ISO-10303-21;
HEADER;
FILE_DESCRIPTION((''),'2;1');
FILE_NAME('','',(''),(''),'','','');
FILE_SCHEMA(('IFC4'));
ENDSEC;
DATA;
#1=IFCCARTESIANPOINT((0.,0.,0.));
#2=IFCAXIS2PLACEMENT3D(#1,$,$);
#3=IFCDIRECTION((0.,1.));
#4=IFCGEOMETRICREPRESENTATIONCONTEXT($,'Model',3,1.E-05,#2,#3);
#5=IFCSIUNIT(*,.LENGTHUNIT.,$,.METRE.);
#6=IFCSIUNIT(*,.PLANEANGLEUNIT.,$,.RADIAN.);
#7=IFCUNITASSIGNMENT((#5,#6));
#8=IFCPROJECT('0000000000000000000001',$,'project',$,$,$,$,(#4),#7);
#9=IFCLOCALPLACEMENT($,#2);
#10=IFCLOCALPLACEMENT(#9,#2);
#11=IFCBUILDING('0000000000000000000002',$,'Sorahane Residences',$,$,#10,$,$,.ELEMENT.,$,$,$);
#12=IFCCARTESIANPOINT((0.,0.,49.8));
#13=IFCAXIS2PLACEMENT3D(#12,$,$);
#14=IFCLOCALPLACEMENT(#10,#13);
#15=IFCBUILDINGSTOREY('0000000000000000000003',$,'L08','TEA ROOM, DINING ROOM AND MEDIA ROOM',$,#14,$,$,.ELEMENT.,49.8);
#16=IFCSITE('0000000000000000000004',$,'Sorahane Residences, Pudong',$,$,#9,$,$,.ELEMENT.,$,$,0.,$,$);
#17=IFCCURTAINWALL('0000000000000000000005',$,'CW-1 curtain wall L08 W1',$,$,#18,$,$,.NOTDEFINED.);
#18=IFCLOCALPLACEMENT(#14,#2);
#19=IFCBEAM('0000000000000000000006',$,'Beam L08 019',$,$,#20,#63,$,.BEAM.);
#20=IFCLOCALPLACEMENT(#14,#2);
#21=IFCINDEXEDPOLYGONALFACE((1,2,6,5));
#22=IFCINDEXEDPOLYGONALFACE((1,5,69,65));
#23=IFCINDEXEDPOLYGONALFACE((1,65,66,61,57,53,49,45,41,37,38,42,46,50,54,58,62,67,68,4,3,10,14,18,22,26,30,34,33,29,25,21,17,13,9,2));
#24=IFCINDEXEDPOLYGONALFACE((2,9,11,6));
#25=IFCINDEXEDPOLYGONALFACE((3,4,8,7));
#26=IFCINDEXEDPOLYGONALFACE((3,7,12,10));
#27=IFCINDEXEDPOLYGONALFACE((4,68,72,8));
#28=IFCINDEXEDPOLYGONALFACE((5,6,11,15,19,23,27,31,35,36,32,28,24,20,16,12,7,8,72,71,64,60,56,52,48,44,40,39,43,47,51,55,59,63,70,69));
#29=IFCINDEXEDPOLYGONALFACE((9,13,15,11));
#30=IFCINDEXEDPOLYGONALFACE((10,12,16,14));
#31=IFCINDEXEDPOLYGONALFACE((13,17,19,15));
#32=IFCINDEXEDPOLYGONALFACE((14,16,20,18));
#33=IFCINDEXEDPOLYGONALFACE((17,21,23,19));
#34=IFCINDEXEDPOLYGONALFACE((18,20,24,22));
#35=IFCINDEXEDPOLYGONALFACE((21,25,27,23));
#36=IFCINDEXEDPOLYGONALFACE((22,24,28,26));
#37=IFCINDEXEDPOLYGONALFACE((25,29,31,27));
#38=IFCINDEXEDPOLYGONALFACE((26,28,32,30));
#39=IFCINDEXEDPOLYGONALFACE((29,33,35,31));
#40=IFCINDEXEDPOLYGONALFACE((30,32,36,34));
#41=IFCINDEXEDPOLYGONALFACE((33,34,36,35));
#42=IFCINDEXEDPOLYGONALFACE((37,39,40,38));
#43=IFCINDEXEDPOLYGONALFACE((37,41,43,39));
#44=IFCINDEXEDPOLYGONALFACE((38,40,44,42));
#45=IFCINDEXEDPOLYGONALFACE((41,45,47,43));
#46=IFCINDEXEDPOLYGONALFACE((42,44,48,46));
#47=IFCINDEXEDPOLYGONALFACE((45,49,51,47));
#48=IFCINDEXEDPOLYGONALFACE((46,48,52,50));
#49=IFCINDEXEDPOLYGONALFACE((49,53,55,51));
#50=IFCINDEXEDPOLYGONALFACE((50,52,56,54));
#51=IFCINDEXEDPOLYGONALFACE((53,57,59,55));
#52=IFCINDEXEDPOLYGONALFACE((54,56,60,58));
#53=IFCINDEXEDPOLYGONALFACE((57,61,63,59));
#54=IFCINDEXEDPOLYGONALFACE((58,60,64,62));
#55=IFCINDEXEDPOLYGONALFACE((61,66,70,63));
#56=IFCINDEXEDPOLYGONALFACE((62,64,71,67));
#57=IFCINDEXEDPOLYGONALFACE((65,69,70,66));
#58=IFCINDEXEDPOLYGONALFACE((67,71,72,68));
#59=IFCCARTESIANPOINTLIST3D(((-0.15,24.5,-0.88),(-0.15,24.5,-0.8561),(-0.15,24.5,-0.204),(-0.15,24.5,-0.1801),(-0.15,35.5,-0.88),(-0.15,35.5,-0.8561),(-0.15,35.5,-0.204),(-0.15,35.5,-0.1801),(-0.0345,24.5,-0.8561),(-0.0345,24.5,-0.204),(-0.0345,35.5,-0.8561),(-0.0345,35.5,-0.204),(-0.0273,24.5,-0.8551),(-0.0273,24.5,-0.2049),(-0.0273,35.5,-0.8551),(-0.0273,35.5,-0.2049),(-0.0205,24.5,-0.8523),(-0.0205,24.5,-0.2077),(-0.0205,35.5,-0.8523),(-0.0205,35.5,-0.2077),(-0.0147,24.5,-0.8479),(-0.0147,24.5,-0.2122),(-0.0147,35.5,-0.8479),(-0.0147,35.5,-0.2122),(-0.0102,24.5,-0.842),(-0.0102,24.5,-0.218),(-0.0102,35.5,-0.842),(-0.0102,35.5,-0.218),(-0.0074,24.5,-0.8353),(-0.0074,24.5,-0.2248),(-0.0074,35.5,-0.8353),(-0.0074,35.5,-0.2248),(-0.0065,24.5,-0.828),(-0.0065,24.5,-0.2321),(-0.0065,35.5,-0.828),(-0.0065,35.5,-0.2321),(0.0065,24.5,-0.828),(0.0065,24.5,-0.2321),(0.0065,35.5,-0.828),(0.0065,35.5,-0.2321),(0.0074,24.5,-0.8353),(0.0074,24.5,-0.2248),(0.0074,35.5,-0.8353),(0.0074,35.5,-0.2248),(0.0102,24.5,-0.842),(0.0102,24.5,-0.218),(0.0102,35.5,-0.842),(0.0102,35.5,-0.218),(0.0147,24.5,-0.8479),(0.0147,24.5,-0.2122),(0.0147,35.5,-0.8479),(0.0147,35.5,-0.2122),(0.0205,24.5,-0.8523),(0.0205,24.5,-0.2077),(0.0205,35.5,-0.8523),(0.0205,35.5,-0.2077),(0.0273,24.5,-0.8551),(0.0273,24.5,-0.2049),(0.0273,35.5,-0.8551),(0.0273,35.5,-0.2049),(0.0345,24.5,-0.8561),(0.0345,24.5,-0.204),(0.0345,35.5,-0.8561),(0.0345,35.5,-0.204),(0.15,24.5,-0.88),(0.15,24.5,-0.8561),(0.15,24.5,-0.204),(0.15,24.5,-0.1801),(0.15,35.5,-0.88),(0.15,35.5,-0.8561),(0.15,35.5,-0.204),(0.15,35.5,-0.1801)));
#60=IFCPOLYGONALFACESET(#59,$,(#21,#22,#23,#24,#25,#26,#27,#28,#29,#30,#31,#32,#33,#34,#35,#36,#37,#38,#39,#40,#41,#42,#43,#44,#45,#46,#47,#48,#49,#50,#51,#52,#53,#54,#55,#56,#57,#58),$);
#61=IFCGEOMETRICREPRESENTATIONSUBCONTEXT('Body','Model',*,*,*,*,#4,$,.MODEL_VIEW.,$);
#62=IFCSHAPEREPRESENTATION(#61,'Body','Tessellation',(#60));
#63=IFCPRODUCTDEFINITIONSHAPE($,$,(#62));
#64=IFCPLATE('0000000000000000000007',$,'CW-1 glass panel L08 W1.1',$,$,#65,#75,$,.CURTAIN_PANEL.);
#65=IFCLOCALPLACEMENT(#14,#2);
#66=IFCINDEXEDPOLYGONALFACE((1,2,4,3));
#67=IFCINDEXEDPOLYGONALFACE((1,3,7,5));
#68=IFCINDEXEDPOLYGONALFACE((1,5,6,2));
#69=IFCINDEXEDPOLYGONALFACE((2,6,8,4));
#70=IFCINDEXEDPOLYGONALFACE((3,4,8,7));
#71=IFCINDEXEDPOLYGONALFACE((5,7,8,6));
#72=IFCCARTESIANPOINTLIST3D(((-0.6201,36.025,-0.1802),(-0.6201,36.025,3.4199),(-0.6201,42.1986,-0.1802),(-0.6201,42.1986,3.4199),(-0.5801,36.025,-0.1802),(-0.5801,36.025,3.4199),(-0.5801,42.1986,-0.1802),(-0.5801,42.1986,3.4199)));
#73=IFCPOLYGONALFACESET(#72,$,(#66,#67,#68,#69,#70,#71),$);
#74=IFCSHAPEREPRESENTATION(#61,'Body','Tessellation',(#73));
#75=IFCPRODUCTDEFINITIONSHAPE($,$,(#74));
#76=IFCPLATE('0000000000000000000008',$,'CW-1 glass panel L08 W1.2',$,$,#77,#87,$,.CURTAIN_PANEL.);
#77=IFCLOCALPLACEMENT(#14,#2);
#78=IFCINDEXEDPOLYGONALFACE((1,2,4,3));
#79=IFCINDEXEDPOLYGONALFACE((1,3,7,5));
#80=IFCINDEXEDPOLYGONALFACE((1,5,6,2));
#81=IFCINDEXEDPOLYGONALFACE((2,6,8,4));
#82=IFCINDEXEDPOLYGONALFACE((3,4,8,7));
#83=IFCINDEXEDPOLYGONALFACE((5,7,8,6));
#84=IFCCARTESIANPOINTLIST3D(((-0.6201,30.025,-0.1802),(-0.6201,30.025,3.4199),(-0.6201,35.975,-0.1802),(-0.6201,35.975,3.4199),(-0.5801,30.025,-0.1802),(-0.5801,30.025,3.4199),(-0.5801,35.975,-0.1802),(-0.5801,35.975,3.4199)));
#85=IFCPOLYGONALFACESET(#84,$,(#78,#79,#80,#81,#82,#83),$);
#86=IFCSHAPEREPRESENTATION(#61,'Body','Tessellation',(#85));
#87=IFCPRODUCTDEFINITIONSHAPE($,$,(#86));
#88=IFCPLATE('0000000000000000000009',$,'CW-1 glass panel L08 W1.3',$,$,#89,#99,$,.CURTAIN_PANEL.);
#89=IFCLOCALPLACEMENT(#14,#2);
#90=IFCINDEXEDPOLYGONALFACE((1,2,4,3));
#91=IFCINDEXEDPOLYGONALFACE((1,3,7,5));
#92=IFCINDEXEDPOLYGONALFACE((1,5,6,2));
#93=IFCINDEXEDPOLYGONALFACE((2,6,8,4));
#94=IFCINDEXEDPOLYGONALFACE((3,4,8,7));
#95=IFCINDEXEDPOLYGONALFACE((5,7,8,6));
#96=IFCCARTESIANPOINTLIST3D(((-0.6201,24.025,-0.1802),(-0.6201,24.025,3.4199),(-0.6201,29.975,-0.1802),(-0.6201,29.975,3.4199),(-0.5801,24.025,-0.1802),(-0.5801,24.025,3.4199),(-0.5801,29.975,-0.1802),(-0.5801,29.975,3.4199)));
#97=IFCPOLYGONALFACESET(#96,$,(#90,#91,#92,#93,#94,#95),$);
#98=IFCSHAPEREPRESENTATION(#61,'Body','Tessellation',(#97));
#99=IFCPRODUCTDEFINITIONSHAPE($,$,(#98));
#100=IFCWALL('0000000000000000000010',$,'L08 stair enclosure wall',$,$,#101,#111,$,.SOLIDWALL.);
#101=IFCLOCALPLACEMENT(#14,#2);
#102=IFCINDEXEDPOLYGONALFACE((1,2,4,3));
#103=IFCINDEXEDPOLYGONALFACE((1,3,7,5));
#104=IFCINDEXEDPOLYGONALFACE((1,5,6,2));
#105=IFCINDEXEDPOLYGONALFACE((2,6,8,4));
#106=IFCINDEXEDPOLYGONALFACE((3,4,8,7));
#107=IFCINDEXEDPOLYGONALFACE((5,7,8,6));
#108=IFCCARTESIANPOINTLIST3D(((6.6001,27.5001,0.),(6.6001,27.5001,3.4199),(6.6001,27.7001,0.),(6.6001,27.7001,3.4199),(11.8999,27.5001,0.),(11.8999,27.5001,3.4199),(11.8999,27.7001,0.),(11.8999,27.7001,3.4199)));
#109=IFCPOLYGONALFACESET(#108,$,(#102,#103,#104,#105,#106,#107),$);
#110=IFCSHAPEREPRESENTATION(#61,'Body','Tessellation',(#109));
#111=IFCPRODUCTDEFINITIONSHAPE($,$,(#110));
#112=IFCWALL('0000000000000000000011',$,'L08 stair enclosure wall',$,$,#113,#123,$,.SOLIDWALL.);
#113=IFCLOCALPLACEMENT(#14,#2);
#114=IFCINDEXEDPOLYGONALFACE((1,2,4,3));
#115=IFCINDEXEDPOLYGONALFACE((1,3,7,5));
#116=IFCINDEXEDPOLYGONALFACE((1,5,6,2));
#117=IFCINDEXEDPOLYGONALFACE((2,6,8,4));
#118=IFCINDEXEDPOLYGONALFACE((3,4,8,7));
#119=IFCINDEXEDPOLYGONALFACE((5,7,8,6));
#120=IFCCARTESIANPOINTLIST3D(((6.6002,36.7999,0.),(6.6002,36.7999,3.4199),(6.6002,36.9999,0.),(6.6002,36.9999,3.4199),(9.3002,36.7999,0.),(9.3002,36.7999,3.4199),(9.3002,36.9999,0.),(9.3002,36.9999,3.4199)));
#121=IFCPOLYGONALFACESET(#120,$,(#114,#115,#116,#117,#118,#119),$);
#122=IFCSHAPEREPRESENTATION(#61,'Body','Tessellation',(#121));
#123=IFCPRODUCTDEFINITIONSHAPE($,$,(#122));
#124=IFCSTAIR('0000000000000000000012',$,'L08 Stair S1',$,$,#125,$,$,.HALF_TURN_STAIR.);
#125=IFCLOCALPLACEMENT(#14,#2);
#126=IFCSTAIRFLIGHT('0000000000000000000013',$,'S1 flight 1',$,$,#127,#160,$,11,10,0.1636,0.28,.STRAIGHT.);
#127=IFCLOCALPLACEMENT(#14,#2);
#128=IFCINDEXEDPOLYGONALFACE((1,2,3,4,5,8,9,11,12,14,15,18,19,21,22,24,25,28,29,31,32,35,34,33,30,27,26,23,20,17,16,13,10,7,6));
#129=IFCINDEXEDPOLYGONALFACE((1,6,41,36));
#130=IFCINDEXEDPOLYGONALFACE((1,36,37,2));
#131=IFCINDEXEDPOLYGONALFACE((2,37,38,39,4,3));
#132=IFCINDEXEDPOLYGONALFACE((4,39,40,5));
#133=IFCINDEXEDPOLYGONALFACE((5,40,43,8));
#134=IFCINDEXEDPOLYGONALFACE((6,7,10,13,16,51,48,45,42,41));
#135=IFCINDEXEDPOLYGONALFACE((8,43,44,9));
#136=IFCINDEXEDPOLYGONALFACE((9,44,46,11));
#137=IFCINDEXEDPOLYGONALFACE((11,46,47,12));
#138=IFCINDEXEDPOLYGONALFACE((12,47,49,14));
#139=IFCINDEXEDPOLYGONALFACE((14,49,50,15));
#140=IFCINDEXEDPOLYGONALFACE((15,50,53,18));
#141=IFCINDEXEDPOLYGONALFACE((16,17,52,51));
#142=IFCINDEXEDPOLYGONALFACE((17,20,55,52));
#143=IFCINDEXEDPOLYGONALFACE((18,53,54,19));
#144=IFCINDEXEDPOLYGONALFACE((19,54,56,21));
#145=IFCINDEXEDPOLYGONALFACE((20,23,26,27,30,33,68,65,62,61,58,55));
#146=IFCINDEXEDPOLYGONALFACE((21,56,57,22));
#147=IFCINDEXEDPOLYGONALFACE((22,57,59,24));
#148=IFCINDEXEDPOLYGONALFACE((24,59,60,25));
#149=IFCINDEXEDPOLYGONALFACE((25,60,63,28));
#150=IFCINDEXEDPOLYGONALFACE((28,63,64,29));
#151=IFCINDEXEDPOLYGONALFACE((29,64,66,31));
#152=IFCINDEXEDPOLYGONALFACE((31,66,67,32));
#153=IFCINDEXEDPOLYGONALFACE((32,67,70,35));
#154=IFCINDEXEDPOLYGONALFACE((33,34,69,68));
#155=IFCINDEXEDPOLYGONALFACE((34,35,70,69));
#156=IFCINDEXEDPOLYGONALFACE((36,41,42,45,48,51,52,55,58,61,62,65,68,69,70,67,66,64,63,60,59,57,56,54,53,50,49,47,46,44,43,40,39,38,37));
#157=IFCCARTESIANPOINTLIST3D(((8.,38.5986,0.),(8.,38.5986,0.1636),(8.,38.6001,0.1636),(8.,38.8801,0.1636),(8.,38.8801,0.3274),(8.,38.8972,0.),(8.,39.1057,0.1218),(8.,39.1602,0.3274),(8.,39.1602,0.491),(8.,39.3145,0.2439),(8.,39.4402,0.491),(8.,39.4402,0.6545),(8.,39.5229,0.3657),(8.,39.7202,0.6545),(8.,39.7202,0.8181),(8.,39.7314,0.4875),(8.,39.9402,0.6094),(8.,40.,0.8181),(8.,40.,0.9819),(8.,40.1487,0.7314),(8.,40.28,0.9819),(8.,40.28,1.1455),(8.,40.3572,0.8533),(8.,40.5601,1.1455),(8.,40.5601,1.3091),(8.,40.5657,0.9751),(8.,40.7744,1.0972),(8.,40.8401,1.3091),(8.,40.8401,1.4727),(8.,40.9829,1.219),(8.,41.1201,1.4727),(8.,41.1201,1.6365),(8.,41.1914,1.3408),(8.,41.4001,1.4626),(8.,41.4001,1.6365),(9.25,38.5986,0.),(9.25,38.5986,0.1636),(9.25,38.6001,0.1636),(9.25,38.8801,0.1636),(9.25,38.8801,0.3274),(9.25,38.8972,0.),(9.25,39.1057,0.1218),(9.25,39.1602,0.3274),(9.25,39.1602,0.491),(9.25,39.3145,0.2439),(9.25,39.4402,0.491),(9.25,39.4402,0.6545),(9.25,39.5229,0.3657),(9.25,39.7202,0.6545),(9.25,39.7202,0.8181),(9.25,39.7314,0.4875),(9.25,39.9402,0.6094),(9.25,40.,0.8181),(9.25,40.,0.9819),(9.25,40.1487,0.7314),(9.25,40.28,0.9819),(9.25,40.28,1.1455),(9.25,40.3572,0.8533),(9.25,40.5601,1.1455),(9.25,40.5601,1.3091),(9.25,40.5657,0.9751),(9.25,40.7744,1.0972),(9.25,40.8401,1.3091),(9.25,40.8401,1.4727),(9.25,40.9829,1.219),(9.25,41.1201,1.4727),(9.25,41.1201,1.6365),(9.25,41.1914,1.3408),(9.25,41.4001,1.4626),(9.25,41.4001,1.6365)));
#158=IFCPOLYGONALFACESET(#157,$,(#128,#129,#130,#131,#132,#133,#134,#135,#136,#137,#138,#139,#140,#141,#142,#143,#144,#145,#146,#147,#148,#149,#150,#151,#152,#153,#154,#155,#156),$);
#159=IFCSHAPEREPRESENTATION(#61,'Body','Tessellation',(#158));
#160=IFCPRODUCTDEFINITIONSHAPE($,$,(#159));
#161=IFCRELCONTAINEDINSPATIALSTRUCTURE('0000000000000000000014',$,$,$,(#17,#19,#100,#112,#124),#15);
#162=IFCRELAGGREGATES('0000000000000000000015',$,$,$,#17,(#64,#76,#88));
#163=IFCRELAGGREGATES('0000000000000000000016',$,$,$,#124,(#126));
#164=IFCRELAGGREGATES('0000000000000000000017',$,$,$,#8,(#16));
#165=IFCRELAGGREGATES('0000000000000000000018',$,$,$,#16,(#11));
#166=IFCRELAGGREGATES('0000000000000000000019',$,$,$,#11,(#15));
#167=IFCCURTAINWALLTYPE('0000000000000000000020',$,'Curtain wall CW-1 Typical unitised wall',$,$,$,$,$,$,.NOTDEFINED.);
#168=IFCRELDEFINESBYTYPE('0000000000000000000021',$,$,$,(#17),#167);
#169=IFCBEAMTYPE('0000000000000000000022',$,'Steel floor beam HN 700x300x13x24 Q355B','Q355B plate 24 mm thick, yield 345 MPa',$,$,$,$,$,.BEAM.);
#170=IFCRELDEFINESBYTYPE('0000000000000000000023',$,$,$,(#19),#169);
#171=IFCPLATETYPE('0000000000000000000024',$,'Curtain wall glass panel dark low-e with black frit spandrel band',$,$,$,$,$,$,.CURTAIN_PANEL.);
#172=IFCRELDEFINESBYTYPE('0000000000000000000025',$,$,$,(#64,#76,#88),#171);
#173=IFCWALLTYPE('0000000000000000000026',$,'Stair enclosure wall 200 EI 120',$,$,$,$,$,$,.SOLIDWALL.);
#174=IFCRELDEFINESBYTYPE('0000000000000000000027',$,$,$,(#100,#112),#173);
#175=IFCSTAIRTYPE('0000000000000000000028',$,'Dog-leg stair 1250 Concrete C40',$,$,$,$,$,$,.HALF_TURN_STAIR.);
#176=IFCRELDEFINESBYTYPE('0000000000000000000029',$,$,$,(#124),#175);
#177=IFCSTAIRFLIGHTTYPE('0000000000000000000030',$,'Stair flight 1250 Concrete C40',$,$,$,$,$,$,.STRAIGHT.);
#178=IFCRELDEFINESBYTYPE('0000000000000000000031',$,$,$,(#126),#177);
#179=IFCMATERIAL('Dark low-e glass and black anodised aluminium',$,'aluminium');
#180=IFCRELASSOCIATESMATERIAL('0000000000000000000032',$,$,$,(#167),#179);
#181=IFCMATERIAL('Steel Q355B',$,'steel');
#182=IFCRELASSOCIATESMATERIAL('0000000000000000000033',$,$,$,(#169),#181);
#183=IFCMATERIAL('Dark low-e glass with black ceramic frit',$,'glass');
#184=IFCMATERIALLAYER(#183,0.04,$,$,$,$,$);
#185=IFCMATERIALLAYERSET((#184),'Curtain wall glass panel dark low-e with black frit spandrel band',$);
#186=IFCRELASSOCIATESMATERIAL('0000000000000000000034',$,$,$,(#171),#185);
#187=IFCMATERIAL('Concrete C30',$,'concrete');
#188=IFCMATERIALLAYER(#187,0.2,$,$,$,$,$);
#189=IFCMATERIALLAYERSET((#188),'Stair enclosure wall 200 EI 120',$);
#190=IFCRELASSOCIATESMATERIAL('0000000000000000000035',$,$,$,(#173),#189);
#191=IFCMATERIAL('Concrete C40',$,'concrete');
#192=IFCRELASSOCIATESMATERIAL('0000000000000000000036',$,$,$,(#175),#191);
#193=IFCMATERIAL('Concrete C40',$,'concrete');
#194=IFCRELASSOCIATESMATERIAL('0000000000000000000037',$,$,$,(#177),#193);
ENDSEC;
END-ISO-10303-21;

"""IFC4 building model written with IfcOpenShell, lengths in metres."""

from ifc_helpers import new_model, si_unit, direction, frame, frame_2d, origin, origin_2d, place, context, subcontext, project, spatial, polyline, rectangle, i_section, outline, extrude, material, layer, layer_set, material_profile, profile_set, type_object, element, aggregate, save


model = new_model("IFC4")

# Units and contexts
model_context = context("Model", 3, precision=1e-05, world=origin(), true_north=direction((0.0, 1.0)))
body_context = subcontext(model_context, "Body", "Model", "MODEL_VIEW")
ifc_project = project(units=[si_unit("LENGTHUNIT", "METRE"), si_unit("PLANEANGLEUNIT", "RADIAN")], contexts=[model_context])

# Site, building, storey
site_placement = place(None, origin())
site = spatial("IfcSite", under=ifc_project, at=site_placement, Name="Sorahane Residences, Pudong", CompositionType="ELEMENT", RefElevation=0.0)
building_placement = place(site_placement, origin())
building = spatial("IfcBuilding", under=site, at=building_placement, Name="Sorahane Residences", CompositionType="ELEMENT")
storey_placement = place(building_placement, frame((0.0, 0.0, 49.8)))
storey = spatial("IfcBuildingStorey", under=building, at=storey_placement, Name="L08", Description="TEA ROOM, DINING ROOM AND MEDIA ROOM", CompositionType="ELEMENT", Elevation=49.8)

# Curtain wall
ifc_material_1 = material(Name="Dark low-e glass and black anodised aluminium", Category="aluminium")
curtain_wall_type = type_object("IfcCurtainWallType", Name="Curtain wall CW-1 Typical unitised wall", PredefinedType="NOTDEFINED", material=ifc_material_1)
curtain_wall_placement = place(storey_placement, origin())
curtain_wall = element("IfcCurtainWall", 1, at=curtain_wall_placement, inside=storey, type_object=curtain_wall_type, Name="CW-1 curtain wall L08 W1", PredefinedType="NOTDEFINED")

# Beam
ifc_material_2 = material(Name="Steel Q355B", Category="steel")
ifc_material_profile_1 = material_profile(ifc_material_2, i_section(OverallWidth=0.3, OverallDepth=0.7, WebThickness=0.0129, FlangeThickness=0.0239, FilletRadius=0.0281, at=origin_2d()), Name="HN 700x300x13x24")
ifc_profile_set_1 = profile_set([ifc_material_profile_1], Name="Steel Q355B")
beam_type_1 = type_object("IfcBeamType", Name="Steel floor beam HN 700x300x13x24 Q355B", Description="Q355B plate 24 mm thick, yield 345 MPa", PredefinedType="BEAM", material=ifc_profile_set_1)
beam_1_placement = place(storey_placement, frame((0.0, 24.5, -0.53), z_axis=(0.0, 1.0, 0.0), x_axis=(-1.0, 0.0, 0.0)))
element("IfcBeam", 2, at=beam_1_placement, inside=storey, type_object=beam_type_1, Name="Beam L08 019", PredefinedType="BEAM", context=body_context, shape_type="SweptSolid", body=[
    extrude(i_section(OverallWidth=0.3, OverallDepth=0.7, WebThickness=0.0129, FlangeThickness=0.0239, FilletRadius=0.0281, at=origin_2d()), origin(), (0.0, 0.0, 1.0), 11.0),
])

# Plates
ifc_material_3 = material(Name="Dark low-e glass with black ceramic frit", Category="glass")
ifc_layer_1 = layer(ifc_material_3, 0.04)
ifc_layer_set_1 = layer_set([ifc_layer_1], Name="Curtain wall glass panel dark low-e with black frit spandrel band")
plate_type = type_object("IfcPlateType", Name="Curtain wall glass panel dark low-e with black frit spandrel band", PredefinedType="CURTAIN_PANEL", material=ifc_layer_set_1)
plate_1_placement = place(storey_placement, frame((-0.6001, 39.1118, -0.1802), z_axis=(0.0, 0.0, 1.0), x_axis=(0.0, -1.0, 0.0)))
plate_1 = element("IfcPlate", 3, at=plate_1_placement, type_object=plate_type, Name="CW-1 glass panel L08 W1.1", PredefinedType="CURTAIN_PANEL", context=body_context, shape_type="SweptSolid", body=[
    extrude(rectangle(XDim=6.1736, YDim=0.04, at=origin_2d()), origin(), (0.0, 0.0, 1.0), 3.6001),
])
plate_2_placement = place(storey_placement, frame((-0.6001, 33.0, -0.1802), z_axis=(0.0, 0.0, 1.0), x_axis=(0.0, -1.0, 0.0)))
plate_2 = element("IfcPlate", 4, at=plate_2_placement, type_object=plate_type, Name="CW-1 glass panel L08 W1.2", PredefinedType="CURTAIN_PANEL", context=body_context, shape_type="SweptSolid", body=[
    extrude(rectangle(XDim=5.95, YDim=0.04, at=origin_2d()), origin(), (0.0, 0.0, 1.0), 3.6001),
])
plate_3_placement = place(storey_placement, frame((-0.6001, 27.0, -0.1802), z_axis=(0.0, 0.0, 1.0), x_axis=(0.0, -1.0, 0.0)))
plate_3 = element("IfcPlate", 5, at=plate_3_placement, type_object=plate_type, Name="CW-1 glass panel L08 W1.3", PredefinedType="CURTAIN_PANEL", context=body_context, shape_type="SweptSolid", body=[
    extrude(rectangle(XDim=5.95, YDim=0.04, at=origin_2d()), origin(), (0.0, 0.0, 1.0), 3.6001),
])
aggregate(curtain_wall, [plate_1, plate_2, plate_3])

# Walls
ifc_material_4 = material(Name="Concrete C30", Category="concrete")
ifc_layer_2 = layer(ifc_material_4, 0.2)
ifc_layer_set_2 = layer_set([ifc_layer_2], Name="Stair enclosure wall 200 EI 120")
wall_type = type_object("IfcWallType", Name="Stair enclosure wall 200 EI 120", PredefinedType="SOLIDWALL", material=ifc_layer_set_2)
wall_1_placement = place(storey_placement, frame((6.6001, 27.6001, 0.0), z_axis=(0.0, 0.0, 1.0), x_axis=(1.0, 0.0, 0.0)))
element("IfcWall", 6, at=wall_1_placement, inside=storey, type_object=wall_type, Name="L08 stair enclosure wall", PredefinedType="SOLIDWALL", context=body_context, shape_type="SweptSolid", body=[
    extrude(rectangle(XDim=5.2998, YDim=0.2, at=frame_2d((2.6499, 0.0))), origin(), (0.0, 0.0, 1.0), 3.4199),
])
wall_2_placement = place(storey_placement, frame((6.6001, 36.8999, 0.0), z_axis=(0.0, 0.0, 1.0), x_axis=(1.0, 0.0, 0.0)))
element("IfcWall", 7, at=wall_2_placement, inside=storey, type_object=wall_type, Name="L08 stair enclosure wall", PredefinedType="SOLIDWALL", context=body_context, shape_type="SweptSolid", body=[
    extrude(rectangle(XDim=2.7, YDim=0.2, at=frame_2d((1.3501, 0.0))), origin(), (0.0, 0.0, 1.0), 3.4199),
])

# Stair, stair flight
ifc_material_5 = material(Name="Concrete C40", Category="concrete")
stair_type = type_object("IfcStairType", Name="Dog-leg stair 1250 Concrete C40", PredefinedType="HALF_TURN_STAIR", material=ifc_material_5)
stair_1_placement = place(storey_placement, origin())
stair_1 = element("IfcStair", 8, at=stair_1_placement, inside=storey, type_object=stair_type, Name="L08 Stair S1", PredefinedType="HALF_TURN_STAIR")
ifc_material_6 = material(Name="Concrete C40", Category="concrete")
stair_flight_type = type_object("IfcStairFlightType", Name="Stair flight 1250 Concrete C40", PredefinedType="STRAIGHT", material=ifc_material_6)
stair_flight_1_placement = place(storey_placement, frame((8.625, 38.6001, 0.0), z_axis=(0.0, 0.0, 1.0), x_axis=(0.0, 1.0, 0.0)))
stair_flight_1 = element("IfcStairFlight", 9, at=stair_flight_1_placement, type_object=stair_flight_type, Name="S1 flight 1", NumberOfRisers=11, NumberOfTreads=10, PredefinedType="STRAIGHT", RiserHeight=0.1636, TreadLength=0.28, context=body_context, shape_type="SweptSolid", body=[
    extrude(outline(polyline([(-0.0015, 0.0), (-0.0015, 0.1636), (0.0, 0.1636), (0.28, 0.1636), (0.28, 0.3274), (0.5601, 0.3274), (0.5601, 0.491), (0.8401, 0.491), (0.8401, 0.6545), (1.1201, 0.6545), (1.1201, 0.8181), (1.3999, 0.8181), (1.3999, 0.9819), (1.6799, 0.9819), (1.6799, 1.1455), (1.96, 1.1455), (1.96, 1.3091), (2.24, 1.3091), (2.24, 1.4727), (2.52, 1.4727), (2.52, 1.6365), (2.8, 1.6365), (2.8, 1.8), (2.8, 1.4626), (2.5913, 1.3408), (2.3828, 1.219), (2.1743, 1.0972), (1.9656, 0.9751), (1.7571, 0.8533), (1.5486, 0.7314), (1.3401, 0.6094), (1.1313, 0.4875), (0.9229, 0.3657), (0.7144, 0.2439), (0.5056, 0.1218), (0.2971, 0.0), (-0.0015, 0.0)])), frame((0.0, 0.625, 0.0), z_axis=(0.0, -1.0, 0.0), x_axis=(1.0, 0.0, 0.0)), (0.0, 0.0, 1.0), 1.25),
])
aggregate(stair_1, [stair_flight_1])

save(model, "model.ifc")
